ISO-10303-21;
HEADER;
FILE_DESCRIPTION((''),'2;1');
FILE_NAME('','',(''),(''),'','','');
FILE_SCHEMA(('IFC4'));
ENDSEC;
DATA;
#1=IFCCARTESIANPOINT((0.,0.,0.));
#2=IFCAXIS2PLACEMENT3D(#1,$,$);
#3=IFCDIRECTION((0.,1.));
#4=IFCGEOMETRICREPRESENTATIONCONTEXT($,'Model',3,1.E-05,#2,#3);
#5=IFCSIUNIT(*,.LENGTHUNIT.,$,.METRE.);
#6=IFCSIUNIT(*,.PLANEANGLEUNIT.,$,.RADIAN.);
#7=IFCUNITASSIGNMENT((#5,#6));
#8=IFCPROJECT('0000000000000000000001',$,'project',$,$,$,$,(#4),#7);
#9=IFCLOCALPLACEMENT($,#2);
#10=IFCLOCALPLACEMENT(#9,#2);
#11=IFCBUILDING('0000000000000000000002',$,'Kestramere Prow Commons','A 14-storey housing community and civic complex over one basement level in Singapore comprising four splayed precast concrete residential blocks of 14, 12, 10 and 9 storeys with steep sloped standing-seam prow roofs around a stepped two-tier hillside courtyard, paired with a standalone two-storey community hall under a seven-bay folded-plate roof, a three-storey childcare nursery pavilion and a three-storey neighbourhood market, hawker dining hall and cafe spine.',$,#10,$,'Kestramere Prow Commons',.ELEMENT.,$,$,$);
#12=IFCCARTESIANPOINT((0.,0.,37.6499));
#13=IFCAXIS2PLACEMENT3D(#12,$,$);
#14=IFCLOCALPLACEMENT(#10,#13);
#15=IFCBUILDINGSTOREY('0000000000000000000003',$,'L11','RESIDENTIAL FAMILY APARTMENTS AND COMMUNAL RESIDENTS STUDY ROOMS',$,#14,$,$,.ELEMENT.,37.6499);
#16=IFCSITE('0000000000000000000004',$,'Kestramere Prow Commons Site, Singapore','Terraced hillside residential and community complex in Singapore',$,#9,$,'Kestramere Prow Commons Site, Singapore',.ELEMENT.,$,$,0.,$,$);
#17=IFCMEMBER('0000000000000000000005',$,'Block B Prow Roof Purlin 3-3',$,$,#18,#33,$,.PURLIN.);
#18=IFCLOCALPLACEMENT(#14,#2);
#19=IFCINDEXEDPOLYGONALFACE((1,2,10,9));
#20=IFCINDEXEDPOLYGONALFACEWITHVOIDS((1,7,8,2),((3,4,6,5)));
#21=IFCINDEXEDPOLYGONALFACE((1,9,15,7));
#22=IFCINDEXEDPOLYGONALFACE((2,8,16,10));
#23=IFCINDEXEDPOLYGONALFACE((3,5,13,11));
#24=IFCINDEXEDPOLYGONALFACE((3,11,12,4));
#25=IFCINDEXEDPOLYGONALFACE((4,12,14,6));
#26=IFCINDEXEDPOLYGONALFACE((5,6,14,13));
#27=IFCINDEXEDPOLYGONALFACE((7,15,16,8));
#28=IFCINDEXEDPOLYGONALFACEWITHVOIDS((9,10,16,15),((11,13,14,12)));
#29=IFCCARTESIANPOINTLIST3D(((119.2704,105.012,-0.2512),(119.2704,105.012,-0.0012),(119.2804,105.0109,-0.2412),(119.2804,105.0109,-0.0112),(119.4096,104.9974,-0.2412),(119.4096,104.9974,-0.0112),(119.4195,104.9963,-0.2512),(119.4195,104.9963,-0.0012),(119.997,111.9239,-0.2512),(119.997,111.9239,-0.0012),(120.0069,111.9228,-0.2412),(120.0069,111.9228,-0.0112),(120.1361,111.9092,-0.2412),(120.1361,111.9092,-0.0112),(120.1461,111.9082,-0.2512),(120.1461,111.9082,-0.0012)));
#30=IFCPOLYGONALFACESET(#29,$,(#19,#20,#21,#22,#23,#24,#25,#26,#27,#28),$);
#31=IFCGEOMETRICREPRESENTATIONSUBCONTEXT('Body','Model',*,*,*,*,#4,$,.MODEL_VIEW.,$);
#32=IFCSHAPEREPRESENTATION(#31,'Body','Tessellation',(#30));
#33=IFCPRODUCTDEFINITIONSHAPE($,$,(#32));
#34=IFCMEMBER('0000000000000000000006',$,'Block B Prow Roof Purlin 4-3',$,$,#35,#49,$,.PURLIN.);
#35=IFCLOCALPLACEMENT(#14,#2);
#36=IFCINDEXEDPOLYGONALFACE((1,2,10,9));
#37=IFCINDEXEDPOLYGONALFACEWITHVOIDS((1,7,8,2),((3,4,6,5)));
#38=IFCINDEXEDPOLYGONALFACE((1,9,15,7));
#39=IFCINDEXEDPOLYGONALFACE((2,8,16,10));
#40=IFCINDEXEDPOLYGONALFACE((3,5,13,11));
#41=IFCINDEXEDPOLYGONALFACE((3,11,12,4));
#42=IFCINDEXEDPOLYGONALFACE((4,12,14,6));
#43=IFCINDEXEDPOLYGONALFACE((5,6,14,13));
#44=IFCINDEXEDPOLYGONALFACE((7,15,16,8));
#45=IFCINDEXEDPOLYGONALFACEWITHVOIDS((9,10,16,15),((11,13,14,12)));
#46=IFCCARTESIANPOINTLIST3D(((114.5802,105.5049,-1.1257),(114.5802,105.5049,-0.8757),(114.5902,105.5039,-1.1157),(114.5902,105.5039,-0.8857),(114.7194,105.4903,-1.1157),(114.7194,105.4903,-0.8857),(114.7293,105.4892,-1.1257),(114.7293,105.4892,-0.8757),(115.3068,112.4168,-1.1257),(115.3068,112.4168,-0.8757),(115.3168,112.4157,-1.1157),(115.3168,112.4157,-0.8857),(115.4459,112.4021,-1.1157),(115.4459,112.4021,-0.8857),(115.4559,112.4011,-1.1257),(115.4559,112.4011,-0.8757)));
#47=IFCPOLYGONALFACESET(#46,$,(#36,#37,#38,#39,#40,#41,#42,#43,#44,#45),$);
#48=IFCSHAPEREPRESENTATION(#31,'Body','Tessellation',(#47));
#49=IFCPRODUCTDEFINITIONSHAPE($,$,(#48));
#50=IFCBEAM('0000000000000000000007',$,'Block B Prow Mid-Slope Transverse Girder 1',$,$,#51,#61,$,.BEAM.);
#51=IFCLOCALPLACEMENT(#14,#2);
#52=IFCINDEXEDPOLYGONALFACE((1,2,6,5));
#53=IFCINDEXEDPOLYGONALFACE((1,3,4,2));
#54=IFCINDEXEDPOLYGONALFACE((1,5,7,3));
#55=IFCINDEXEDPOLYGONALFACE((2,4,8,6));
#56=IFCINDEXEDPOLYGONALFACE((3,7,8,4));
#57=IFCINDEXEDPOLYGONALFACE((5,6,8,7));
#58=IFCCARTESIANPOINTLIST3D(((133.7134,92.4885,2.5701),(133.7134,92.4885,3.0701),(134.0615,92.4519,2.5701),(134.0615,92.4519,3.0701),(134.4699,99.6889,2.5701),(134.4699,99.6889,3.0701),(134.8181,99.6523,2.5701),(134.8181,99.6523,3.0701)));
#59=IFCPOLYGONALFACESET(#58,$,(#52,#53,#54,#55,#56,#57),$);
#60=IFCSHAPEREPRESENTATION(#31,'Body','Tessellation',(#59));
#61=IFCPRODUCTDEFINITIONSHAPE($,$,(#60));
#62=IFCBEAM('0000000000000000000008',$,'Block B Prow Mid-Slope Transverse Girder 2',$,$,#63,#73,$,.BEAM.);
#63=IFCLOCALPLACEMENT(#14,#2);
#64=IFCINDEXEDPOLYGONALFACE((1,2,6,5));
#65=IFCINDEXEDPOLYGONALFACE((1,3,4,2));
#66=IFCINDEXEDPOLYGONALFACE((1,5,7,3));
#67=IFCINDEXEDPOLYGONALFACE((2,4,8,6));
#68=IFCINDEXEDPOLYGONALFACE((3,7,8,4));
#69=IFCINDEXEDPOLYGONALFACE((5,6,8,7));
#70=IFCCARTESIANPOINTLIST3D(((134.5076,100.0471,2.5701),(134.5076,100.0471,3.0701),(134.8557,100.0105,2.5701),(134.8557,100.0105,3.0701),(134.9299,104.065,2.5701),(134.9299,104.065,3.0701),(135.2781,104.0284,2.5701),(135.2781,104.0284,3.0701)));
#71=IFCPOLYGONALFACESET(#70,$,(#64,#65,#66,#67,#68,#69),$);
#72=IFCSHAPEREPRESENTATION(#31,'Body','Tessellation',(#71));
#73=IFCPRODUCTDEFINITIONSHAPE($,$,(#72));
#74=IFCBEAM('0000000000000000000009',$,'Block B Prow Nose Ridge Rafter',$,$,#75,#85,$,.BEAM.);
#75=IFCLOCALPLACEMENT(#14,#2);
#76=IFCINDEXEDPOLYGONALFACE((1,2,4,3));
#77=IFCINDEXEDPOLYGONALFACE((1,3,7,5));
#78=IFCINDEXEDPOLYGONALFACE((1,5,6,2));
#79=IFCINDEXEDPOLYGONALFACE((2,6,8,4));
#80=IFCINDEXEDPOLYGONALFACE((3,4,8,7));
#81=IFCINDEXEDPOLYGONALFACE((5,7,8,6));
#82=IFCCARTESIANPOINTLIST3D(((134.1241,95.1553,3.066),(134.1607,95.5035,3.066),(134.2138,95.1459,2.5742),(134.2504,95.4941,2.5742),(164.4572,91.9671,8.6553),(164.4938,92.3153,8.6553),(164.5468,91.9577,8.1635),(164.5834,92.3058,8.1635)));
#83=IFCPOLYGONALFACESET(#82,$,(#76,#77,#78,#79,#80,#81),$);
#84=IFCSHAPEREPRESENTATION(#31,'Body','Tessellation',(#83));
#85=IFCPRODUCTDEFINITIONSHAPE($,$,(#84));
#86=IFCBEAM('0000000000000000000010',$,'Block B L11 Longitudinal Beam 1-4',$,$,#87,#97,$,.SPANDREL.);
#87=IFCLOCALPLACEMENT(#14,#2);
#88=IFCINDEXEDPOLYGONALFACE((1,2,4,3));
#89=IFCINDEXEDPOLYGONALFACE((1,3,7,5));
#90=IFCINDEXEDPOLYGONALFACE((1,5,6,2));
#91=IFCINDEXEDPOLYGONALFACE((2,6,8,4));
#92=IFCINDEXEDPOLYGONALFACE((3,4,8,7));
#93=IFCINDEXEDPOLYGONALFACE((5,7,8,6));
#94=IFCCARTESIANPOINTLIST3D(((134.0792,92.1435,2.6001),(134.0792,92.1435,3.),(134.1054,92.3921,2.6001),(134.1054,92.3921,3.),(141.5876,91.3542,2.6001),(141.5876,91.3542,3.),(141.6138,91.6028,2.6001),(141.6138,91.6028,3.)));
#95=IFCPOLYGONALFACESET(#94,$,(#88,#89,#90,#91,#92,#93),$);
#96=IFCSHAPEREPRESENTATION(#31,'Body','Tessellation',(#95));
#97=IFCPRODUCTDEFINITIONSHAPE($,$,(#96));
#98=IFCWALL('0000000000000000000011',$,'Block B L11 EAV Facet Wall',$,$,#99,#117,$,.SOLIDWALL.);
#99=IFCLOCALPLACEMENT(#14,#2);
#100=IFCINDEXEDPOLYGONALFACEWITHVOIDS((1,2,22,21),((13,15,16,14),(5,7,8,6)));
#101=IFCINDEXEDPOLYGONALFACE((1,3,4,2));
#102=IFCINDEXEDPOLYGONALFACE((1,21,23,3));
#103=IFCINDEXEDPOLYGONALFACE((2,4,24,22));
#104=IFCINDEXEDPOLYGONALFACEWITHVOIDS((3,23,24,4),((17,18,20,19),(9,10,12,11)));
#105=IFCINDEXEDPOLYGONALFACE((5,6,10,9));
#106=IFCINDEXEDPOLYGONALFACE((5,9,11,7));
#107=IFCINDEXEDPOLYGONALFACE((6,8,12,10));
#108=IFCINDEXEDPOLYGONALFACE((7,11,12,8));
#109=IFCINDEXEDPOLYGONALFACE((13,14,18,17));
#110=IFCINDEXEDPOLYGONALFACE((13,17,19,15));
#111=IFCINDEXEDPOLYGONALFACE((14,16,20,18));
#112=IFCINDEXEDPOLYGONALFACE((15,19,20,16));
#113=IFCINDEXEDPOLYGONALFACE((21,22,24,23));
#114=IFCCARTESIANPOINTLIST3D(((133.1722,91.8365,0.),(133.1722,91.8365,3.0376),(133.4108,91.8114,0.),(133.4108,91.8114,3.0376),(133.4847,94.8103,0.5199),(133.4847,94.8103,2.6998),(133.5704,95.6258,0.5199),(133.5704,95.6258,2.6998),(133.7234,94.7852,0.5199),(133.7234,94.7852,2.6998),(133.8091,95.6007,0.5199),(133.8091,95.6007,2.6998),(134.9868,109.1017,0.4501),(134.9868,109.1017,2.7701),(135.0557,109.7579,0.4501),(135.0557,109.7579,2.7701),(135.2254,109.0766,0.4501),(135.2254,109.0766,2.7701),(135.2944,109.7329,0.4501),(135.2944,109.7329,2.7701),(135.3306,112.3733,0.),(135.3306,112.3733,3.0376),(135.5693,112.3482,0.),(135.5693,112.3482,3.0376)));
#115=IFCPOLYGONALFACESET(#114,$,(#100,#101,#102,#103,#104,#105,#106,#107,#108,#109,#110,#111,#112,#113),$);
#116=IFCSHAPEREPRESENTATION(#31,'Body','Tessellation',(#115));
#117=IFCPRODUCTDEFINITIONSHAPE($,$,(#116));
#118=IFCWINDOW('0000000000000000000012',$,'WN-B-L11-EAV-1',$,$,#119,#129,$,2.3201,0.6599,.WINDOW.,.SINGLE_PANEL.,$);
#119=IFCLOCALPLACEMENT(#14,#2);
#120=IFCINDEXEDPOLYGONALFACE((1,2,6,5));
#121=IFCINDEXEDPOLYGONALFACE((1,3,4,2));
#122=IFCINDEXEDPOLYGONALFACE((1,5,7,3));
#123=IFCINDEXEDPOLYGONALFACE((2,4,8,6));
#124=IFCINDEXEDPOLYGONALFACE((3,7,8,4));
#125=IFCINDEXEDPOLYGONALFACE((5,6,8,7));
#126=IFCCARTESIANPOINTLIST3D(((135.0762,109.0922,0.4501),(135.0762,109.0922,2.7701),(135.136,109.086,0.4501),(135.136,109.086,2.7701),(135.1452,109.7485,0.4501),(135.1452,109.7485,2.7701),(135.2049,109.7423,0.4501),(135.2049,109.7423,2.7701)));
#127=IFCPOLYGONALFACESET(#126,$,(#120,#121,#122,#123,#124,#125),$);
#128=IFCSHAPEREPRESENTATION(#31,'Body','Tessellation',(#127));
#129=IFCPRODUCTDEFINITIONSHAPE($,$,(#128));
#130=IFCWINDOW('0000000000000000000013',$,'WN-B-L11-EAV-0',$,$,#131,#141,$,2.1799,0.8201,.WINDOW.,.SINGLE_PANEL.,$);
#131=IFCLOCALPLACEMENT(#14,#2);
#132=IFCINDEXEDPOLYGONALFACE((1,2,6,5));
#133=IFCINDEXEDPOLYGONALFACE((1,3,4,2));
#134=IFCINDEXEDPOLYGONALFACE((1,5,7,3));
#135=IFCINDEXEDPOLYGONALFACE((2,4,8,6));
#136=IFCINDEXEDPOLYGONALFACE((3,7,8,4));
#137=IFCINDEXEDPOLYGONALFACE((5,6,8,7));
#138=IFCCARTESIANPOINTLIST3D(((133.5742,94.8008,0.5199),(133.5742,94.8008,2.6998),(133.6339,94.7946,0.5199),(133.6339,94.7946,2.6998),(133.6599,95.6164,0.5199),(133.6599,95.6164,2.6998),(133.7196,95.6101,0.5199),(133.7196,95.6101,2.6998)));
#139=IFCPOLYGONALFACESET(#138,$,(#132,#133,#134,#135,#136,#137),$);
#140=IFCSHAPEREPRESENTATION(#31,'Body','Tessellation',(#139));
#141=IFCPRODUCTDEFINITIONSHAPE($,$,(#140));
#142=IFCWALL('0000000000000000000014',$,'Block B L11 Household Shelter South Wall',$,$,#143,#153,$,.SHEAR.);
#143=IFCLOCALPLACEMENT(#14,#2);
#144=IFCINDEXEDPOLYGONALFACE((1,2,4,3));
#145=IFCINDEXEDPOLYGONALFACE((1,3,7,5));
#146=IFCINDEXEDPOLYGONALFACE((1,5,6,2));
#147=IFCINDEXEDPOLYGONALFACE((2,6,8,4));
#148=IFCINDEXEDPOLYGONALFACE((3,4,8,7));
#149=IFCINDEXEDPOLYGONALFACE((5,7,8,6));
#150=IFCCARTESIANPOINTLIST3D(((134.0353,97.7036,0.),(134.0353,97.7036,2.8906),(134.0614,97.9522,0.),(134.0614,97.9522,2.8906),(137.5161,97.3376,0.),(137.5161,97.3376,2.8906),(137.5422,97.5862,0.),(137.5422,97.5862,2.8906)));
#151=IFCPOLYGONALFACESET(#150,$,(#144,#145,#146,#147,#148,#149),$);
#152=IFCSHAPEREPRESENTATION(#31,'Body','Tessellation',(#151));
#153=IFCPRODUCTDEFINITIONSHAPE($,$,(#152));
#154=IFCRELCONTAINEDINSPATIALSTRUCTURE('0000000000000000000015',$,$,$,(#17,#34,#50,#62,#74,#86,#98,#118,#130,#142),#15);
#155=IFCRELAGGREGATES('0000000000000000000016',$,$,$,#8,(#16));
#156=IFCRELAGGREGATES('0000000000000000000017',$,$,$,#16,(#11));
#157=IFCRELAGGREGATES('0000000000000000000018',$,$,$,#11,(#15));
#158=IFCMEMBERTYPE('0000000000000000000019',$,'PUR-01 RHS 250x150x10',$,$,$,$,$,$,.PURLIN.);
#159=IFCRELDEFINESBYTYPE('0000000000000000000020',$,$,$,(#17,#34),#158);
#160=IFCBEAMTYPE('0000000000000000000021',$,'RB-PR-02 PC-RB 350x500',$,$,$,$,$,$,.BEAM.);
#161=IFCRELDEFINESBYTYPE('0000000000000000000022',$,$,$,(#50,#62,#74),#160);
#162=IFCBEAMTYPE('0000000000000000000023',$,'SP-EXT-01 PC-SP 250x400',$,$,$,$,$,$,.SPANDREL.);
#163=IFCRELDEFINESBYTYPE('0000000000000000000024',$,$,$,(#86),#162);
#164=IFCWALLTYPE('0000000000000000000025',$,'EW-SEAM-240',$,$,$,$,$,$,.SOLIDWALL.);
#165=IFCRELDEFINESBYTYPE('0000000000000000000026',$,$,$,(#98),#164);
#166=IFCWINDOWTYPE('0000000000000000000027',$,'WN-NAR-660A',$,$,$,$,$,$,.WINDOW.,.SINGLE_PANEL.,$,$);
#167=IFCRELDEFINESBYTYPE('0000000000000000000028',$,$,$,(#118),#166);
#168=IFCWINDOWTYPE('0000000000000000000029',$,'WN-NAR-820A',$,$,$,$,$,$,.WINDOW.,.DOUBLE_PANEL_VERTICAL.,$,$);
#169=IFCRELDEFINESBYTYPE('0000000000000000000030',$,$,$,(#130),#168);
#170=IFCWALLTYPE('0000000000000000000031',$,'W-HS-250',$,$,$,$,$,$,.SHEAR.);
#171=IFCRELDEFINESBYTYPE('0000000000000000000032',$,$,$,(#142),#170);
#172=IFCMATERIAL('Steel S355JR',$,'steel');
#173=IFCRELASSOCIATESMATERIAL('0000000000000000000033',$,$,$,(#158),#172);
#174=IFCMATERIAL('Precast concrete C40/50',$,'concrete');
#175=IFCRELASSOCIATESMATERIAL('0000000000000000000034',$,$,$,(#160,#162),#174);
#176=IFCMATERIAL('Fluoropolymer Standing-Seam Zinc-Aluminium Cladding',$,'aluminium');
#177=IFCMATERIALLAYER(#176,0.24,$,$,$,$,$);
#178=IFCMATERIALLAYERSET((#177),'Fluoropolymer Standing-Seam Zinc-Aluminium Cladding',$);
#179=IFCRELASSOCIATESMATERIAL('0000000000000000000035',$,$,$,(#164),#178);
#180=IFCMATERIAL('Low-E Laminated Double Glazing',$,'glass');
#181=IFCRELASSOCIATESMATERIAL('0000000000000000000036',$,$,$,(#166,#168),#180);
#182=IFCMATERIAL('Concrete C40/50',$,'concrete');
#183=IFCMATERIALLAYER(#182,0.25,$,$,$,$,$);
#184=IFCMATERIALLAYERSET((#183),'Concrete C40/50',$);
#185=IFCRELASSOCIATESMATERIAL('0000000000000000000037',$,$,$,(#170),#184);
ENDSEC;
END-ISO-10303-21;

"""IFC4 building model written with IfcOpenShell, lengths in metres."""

from ifc_helpers import new_model, si_unit, direction, frame, frame_2d, origin, origin_2d, place, context, subcontext, project, spatial, rectangle, hollow_rectangle, extrude, material, layer, layer_set, material_profile, profile_set, type_object, element, fill, save


model = new_model("IFC4")

# Units and contexts
model_context = context("Model", 3, precision=1e-05, world=origin(), true_north=direction((0.0, 1.0)))
body_context = subcontext(model_context, "Body", "Model", "MODEL_VIEW")
ifc_project = project(units=[si_unit("LENGTHUNIT", "METRE"), si_unit("PLANEANGLEUNIT", "RADIAN")], contexts=[model_context])

# Site, building, storey
site_placement = place(None, origin())
site = spatial("IfcSite", under=ifc_project, at=site_placement, Name="Kestramere Prow Commons Site, Singapore", Description="Terraced hillside residential and community complex in Singapore", LongName="Kestramere Prow Commons Site, Singapore", CompositionType="ELEMENT", RefElevation=0.0)
building_placement = place(site_placement, origin())
building = spatial("IfcBuilding", under=site, at=building_placement, Name="Kestramere Prow Commons", Description="A 14-storey housing community and civic complex over one basement level in Singapore comprising four splayed precast concrete residential blocks of 14, 12, 10 and 9 storeys with steep sloped standing-seam prow roofs around a stepped two-tier hillside courtyard, paired with a standalone two-storey community hall under a seven-bay folded-plate roof, a three-storey childcare nursery pavilion and a three-storey neighbourhood market, hawker dining hall and cafe spine.", LongName="Kestramere Prow Commons", CompositionType="ELEMENT")
storey_placement = place(building_placement, frame((0.0, 0.0, 37.6499)))
storey = spatial("IfcBuildingStorey", under=building, at=storey_placement, Name="L11", Description="RESIDENTIAL FAMILY APARTMENTS AND COMMUNAL RESIDENTS STUDY ROOMS", CompositionType="ELEMENT", Elevation=37.6499)

# Shared definitions
ifc_material_1 = material(Name="Precast concrete C40/50", Category="concrete")

# Members
ifc_material_2 = material(Name="Steel S355JR", Category="steel")
ifc_material_profile_1 = material_profile(ifc_material_2, hollow_rectangle(XDim=0.1499, YDim=0.25, WallThickness=0.01, at=origin_2d()), Name="RHS 250x150x10")
ifc_profile_set_1 = profile_set([ifc_material_profile_1], Name="Steel S355JR")
member_type = type_object("IfcMemberType", Name="PUR-01 RHS 250x150x10", PredefinedType="PURLIN", material=ifc_profile_set_1)
for number, where, z_axis, x_axis, name in (
    (1, (119.345, 105.0042, -0.1262), (0.104542, 0.99452, 0.0), (-0.99452, 0.104542, 0.0), "Block B Prow Roof Purlin 3-3"),
    (2, (114.6548, 105.4971, -1.0007), (0.104542, 0.99452, 0.0), (-0.99452, 0.104542, 0.0), "Block B Prow Roof Purlin 4-3"),
):
    element("IfcMember", number, at=place(storey_placement, frame(where, z_axis=z_axis, x_axis=x_axis)), inside=storey, type_object=member_type, Name=name, PredefinedType="PURLIN", context=body_context, shape_type="SweptSolid", body=[
        extrude(hollow_rectangle(XDim=0.1499, YDim=0.25, WallThickness=0.01, at=origin_2d()), origin(), (0.0, 0.0, 1.0), 6.95),
    ])

# Beams
ifc_material_profile_2 = material_profile(ifc_material_1, rectangle(XDim=0.3501, YDim=0.5, at=origin_2d()), Name="PC-RB 350x500")
ifc_profile_set_2 = profile_set([ifc_material_profile_2], Name="Precast concrete C40/50")
beam_type_1 = type_object("IfcBeamType", Name="RB-PR-02 PC-RB 350x500", PredefinedType="BEAM", material=ifc_profile_set_2)
beam_1_placement = place(storey_placement, frame((133.8875, 92.4702, 2.8201), z_axis=(0.1045, 0.994525, 0.0), x_axis=(-0.994525, 0.1045, 0.0)))
element("IfcBeam", 3, at=beam_1_placement, inside=storey, type_object=beam_type_1, Name="Block B Prow Mid-Slope Transverse Girder 1", PredefinedType="BEAM", context=body_context, shape_type="SweptSolid", body=[
    extrude(rectangle(XDim=0.3501, YDim=0.5, at=origin_2d()), origin(), (0.0, 0.0, 1.0), 7.24),
])
beam_2_placement = place(storey_placement, frame((134.6816, 100.0288, 2.8201), z_axis=(0.104546, 0.99452, 0.0), x_axis=(-0.99452, 0.104546, 0.0)))
element("IfcBeam", 4, at=beam_2_placement, inside=storey, type_object=beam_type_1, Name="Block B Prow Mid-Slope Transverse Girder 2", PredefinedType="BEAM", context=body_context, shape_type="SweptSolid", body=[
    extrude(rectangle(XDim=0.3501, YDim=0.5, at=origin_2d()), origin(), (0.0, 0.0, 1.0), 4.04),
])
beam_3_placement = place(storey_placement, frame((134.1873, 95.3247, 2.8201), z_axis=(0.978231, -0.10282, 0.180255), x_axis=(0.104532, 0.994522, 0.0)))
element("IfcBeam", 5, at=beam_3_placement, inside=storey, type_object=beam_type_1, Name="Block B Prow Nose Ridge Rafter", PredefinedType="BEAM", context=body_context, shape_type="SweptSolid", body=[
    extrude(rectangle(XDim=0.3501, YDim=0.5, at=origin_2d()), origin(), (0.0, 0.0, 1.0), 31.0081),
])
ifc_material_profile_3 = material_profile(ifc_material_1, rectangle(XDim=0.25, YDim=0.3999, at=origin_2d()), Name="PC-SP 250x400")
ifc_profile_set_3 = profile_set([ifc_material_profile_3], Name="Precast concrete C40/50")
beam_type_2 = type_object("IfcBeamType", Name="SP-EXT-01 PC-SP 250x400", PredefinedType="SPANDREL", material=ifc_profile_set_3)
beam_4_placement = place(storey_placement, frame((134.0923, 92.2678, 2.8), z_axis=(0.99452, -0.104545, 0.0), x_axis=(0.104545, 0.99452, 0.0)))
element("IfcBeam", 6, at=beam_4_placement, inside=storey, type_object=beam_type_2, Name="Block B L11 Longitudinal Beam 1-4", PredefinedType="SPANDREL", context=body_context, shape_type="SweptSolid", body=[
    extrude(rectangle(XDim=0.25, YDim=0.3999, at=origin_2d()), origin(), (0.0, 0.0, 1.0), 7.5498),
])

# Wall, openings, windows
ifc_material_3 = material(Name="Fluoropolymer Standing-Seam Zinc-Aluminium Cladding", Category="aluminium")
ifc_layer_1 = layer(ifc_material_3, 0.24)
ifc_layer_set_1 = layer_set([ifc_layer_1], Name="Fluoropolymer Standing-Seam Zinc-Aluminium Cladding")
wall_type_1 = type_object("IfcWallType", Name="EW-SEAM-240", PredefinedType="SOLIDWALL", material=ifc_layer_set_1)
wall_1_placement = place(storey_placement, frame((133.2915, 91.824, 0.0), z_axis=(0.0, 0.0, 1.0), x_axis=(0.104525, 0.994522, 0.0)))
wall_1 = element("IfcWall", 7, at=wall_1_placement, inside=storey, type_object=wall_type_1, Name="Block B L11 EAV Facet Wall", PredefinedType="SOLIDWALL", context=body_context, shape_type="SweptSolid", body=[
    extrude(rectangle(XDim=20.6499, YDim=0.24, at=frame_2d((10.325, 0.0))), origin(), (0.0, 0.0, 1.0), 3.0376),
])
opening_1_placement = place(wall_1_placement, frame((2.99, 0.0, 0.52)))
opening_1 = element("IfcOpeningElement", 8, at=opening_1_placement, cuts=wall_1, PredefinedType="OPENING", context=body_context, shape_type="SweptSolid", body=[
    extrude(rectangle(XDim=0.8201, YDim=2.1799, at=frame_2d((0.4102, 1.0898))), frame((0.0, 0.135, 0.0), z_axis=(0.0, -1.0, 0.0), x_axis=(1.0, 0.0, 0.0)), (0.0, 0.0, 1.0), 0.27),
])
opening_2_placement = place(wall_1_placement, frame((17.3601, 0.0, 0.45)))
opening_2 = element("IfcOpeningElement", 9, at=opening_2_placement, cuts=wall_1, PredefinedType="OPENING", context=body_context, shape_type="SweptSolid", body=[
    extrude(rectangle(XDim=0.6599, YDim=2.3201, at=frame_2d((0.3301, 1.1602))), frame((0.0, 0.135, 0.0), z_axis=(0.0, -1.0, 0.0), x_axis=(1.0, 0.0, 0.0)), (0.0, 0.0, 1.0), 0.27),
])
ifc_material_4 = material(Name="Low-E Laminated Double Glazing", Category="glass")
window_type_1 = type_object("IfcWindowType", Name="WN-NAR-660A", PartitioningType="SINGLE_PANEL", PredefinedType="WINDOW", material=ifc_material_4)
window_1_placement = place(opening_2_placement, origin())
window_1 = element("IfcWindow", 10, at=window_1_placement, inside=storey, type_object=window_type_1, Name="WN-B-L11-EAV-1", OverallHeight=2.3201, OverallWidth=0.6599, PartitioningType="SINGLE_PANEL", PredefinedType="WINDOW", context=body_context, shape_type="SweptSolid", body=[
    extrude(rectangle(XDim=0.6599, YDim=2.3201, at=frame_2d((0.3301, 1.1602))), frame((0.0, 0.03, 0.0), z_axis=(0.0, -1.0, 0.0), x_axis=(1.0, 0.0, 0.0)), (0.0, 0.0, 1.0), 0.0601),
])
fill(opening_2, window_1)
window_type_2 = type_object("IfcWindowType", Name="WN-NAR-820A", PartitioningType="DOUBLE_PANEL_VERTICAL", PredefinedType="WINDOW", material=ifc_material_4)
window_2_placement = place(opening_1_placement, origin())
window_2 = element("IfcWindow", 11, at=window_2_placement, inside=storey, type_object=window_type_2, Name="WN-B-L11-EAV-0", OverallHeight=2.1799, OverallWidth=0.8201, PartitioningType="SINGLE_PANEL", PredefinedType="WINDOW", context=body_context, shape_type="SweptSolid", body=[
    extrude(rectangle(XDim=0.8201, YDim=2.1799, at=frame_2d((0.4102, 1.0898))), frame((0.0, 0.03, 0.0), z_axis=(0.0, -1.0, 0.0), x_axis=(1.0, 0.0, 0.0)), (0.0, 0.0, 1.0), 0.0601),
])
fill(opening_1, window_2)

# Wall
ifc_material_5 = material(Name="Concrete C40/50", Category="concrete")
ifc_layer_2 = layer(ifc_material_5, 0.25)
ifc_layer_set_2 = layer_set([ifc_layer_2], Name="Concrete C40/50")
wall_type_2 = type_object("IfcWallType", Name="W-HS-250", PredefinedType="SHEAR", material=ifc_layer_set_2)
wall_2_placement = place(storey_placement, frame((134.0483, 97.8279, 0.0), z_axis=(0.0, 0.0, 1.0), x_axis=(0.994518, -0.104565, 0.0)))
element("IfcWall", 12, at=wall_2_placement, inside=storey, type_object=wall_type_2, Name="Block B L11 Household Shelter South Wall", PredefinedType="SHEAR", context=body_context, shape_type="SweptSolid", body=[
    extrude(rectangle(XDim=3.5, YDim=0.25, at=frame_2d((1.75, 0.0))), origin(), (0.0, 0.0, 1.0), 2.8906),
])

save(model, "model.ifc")
